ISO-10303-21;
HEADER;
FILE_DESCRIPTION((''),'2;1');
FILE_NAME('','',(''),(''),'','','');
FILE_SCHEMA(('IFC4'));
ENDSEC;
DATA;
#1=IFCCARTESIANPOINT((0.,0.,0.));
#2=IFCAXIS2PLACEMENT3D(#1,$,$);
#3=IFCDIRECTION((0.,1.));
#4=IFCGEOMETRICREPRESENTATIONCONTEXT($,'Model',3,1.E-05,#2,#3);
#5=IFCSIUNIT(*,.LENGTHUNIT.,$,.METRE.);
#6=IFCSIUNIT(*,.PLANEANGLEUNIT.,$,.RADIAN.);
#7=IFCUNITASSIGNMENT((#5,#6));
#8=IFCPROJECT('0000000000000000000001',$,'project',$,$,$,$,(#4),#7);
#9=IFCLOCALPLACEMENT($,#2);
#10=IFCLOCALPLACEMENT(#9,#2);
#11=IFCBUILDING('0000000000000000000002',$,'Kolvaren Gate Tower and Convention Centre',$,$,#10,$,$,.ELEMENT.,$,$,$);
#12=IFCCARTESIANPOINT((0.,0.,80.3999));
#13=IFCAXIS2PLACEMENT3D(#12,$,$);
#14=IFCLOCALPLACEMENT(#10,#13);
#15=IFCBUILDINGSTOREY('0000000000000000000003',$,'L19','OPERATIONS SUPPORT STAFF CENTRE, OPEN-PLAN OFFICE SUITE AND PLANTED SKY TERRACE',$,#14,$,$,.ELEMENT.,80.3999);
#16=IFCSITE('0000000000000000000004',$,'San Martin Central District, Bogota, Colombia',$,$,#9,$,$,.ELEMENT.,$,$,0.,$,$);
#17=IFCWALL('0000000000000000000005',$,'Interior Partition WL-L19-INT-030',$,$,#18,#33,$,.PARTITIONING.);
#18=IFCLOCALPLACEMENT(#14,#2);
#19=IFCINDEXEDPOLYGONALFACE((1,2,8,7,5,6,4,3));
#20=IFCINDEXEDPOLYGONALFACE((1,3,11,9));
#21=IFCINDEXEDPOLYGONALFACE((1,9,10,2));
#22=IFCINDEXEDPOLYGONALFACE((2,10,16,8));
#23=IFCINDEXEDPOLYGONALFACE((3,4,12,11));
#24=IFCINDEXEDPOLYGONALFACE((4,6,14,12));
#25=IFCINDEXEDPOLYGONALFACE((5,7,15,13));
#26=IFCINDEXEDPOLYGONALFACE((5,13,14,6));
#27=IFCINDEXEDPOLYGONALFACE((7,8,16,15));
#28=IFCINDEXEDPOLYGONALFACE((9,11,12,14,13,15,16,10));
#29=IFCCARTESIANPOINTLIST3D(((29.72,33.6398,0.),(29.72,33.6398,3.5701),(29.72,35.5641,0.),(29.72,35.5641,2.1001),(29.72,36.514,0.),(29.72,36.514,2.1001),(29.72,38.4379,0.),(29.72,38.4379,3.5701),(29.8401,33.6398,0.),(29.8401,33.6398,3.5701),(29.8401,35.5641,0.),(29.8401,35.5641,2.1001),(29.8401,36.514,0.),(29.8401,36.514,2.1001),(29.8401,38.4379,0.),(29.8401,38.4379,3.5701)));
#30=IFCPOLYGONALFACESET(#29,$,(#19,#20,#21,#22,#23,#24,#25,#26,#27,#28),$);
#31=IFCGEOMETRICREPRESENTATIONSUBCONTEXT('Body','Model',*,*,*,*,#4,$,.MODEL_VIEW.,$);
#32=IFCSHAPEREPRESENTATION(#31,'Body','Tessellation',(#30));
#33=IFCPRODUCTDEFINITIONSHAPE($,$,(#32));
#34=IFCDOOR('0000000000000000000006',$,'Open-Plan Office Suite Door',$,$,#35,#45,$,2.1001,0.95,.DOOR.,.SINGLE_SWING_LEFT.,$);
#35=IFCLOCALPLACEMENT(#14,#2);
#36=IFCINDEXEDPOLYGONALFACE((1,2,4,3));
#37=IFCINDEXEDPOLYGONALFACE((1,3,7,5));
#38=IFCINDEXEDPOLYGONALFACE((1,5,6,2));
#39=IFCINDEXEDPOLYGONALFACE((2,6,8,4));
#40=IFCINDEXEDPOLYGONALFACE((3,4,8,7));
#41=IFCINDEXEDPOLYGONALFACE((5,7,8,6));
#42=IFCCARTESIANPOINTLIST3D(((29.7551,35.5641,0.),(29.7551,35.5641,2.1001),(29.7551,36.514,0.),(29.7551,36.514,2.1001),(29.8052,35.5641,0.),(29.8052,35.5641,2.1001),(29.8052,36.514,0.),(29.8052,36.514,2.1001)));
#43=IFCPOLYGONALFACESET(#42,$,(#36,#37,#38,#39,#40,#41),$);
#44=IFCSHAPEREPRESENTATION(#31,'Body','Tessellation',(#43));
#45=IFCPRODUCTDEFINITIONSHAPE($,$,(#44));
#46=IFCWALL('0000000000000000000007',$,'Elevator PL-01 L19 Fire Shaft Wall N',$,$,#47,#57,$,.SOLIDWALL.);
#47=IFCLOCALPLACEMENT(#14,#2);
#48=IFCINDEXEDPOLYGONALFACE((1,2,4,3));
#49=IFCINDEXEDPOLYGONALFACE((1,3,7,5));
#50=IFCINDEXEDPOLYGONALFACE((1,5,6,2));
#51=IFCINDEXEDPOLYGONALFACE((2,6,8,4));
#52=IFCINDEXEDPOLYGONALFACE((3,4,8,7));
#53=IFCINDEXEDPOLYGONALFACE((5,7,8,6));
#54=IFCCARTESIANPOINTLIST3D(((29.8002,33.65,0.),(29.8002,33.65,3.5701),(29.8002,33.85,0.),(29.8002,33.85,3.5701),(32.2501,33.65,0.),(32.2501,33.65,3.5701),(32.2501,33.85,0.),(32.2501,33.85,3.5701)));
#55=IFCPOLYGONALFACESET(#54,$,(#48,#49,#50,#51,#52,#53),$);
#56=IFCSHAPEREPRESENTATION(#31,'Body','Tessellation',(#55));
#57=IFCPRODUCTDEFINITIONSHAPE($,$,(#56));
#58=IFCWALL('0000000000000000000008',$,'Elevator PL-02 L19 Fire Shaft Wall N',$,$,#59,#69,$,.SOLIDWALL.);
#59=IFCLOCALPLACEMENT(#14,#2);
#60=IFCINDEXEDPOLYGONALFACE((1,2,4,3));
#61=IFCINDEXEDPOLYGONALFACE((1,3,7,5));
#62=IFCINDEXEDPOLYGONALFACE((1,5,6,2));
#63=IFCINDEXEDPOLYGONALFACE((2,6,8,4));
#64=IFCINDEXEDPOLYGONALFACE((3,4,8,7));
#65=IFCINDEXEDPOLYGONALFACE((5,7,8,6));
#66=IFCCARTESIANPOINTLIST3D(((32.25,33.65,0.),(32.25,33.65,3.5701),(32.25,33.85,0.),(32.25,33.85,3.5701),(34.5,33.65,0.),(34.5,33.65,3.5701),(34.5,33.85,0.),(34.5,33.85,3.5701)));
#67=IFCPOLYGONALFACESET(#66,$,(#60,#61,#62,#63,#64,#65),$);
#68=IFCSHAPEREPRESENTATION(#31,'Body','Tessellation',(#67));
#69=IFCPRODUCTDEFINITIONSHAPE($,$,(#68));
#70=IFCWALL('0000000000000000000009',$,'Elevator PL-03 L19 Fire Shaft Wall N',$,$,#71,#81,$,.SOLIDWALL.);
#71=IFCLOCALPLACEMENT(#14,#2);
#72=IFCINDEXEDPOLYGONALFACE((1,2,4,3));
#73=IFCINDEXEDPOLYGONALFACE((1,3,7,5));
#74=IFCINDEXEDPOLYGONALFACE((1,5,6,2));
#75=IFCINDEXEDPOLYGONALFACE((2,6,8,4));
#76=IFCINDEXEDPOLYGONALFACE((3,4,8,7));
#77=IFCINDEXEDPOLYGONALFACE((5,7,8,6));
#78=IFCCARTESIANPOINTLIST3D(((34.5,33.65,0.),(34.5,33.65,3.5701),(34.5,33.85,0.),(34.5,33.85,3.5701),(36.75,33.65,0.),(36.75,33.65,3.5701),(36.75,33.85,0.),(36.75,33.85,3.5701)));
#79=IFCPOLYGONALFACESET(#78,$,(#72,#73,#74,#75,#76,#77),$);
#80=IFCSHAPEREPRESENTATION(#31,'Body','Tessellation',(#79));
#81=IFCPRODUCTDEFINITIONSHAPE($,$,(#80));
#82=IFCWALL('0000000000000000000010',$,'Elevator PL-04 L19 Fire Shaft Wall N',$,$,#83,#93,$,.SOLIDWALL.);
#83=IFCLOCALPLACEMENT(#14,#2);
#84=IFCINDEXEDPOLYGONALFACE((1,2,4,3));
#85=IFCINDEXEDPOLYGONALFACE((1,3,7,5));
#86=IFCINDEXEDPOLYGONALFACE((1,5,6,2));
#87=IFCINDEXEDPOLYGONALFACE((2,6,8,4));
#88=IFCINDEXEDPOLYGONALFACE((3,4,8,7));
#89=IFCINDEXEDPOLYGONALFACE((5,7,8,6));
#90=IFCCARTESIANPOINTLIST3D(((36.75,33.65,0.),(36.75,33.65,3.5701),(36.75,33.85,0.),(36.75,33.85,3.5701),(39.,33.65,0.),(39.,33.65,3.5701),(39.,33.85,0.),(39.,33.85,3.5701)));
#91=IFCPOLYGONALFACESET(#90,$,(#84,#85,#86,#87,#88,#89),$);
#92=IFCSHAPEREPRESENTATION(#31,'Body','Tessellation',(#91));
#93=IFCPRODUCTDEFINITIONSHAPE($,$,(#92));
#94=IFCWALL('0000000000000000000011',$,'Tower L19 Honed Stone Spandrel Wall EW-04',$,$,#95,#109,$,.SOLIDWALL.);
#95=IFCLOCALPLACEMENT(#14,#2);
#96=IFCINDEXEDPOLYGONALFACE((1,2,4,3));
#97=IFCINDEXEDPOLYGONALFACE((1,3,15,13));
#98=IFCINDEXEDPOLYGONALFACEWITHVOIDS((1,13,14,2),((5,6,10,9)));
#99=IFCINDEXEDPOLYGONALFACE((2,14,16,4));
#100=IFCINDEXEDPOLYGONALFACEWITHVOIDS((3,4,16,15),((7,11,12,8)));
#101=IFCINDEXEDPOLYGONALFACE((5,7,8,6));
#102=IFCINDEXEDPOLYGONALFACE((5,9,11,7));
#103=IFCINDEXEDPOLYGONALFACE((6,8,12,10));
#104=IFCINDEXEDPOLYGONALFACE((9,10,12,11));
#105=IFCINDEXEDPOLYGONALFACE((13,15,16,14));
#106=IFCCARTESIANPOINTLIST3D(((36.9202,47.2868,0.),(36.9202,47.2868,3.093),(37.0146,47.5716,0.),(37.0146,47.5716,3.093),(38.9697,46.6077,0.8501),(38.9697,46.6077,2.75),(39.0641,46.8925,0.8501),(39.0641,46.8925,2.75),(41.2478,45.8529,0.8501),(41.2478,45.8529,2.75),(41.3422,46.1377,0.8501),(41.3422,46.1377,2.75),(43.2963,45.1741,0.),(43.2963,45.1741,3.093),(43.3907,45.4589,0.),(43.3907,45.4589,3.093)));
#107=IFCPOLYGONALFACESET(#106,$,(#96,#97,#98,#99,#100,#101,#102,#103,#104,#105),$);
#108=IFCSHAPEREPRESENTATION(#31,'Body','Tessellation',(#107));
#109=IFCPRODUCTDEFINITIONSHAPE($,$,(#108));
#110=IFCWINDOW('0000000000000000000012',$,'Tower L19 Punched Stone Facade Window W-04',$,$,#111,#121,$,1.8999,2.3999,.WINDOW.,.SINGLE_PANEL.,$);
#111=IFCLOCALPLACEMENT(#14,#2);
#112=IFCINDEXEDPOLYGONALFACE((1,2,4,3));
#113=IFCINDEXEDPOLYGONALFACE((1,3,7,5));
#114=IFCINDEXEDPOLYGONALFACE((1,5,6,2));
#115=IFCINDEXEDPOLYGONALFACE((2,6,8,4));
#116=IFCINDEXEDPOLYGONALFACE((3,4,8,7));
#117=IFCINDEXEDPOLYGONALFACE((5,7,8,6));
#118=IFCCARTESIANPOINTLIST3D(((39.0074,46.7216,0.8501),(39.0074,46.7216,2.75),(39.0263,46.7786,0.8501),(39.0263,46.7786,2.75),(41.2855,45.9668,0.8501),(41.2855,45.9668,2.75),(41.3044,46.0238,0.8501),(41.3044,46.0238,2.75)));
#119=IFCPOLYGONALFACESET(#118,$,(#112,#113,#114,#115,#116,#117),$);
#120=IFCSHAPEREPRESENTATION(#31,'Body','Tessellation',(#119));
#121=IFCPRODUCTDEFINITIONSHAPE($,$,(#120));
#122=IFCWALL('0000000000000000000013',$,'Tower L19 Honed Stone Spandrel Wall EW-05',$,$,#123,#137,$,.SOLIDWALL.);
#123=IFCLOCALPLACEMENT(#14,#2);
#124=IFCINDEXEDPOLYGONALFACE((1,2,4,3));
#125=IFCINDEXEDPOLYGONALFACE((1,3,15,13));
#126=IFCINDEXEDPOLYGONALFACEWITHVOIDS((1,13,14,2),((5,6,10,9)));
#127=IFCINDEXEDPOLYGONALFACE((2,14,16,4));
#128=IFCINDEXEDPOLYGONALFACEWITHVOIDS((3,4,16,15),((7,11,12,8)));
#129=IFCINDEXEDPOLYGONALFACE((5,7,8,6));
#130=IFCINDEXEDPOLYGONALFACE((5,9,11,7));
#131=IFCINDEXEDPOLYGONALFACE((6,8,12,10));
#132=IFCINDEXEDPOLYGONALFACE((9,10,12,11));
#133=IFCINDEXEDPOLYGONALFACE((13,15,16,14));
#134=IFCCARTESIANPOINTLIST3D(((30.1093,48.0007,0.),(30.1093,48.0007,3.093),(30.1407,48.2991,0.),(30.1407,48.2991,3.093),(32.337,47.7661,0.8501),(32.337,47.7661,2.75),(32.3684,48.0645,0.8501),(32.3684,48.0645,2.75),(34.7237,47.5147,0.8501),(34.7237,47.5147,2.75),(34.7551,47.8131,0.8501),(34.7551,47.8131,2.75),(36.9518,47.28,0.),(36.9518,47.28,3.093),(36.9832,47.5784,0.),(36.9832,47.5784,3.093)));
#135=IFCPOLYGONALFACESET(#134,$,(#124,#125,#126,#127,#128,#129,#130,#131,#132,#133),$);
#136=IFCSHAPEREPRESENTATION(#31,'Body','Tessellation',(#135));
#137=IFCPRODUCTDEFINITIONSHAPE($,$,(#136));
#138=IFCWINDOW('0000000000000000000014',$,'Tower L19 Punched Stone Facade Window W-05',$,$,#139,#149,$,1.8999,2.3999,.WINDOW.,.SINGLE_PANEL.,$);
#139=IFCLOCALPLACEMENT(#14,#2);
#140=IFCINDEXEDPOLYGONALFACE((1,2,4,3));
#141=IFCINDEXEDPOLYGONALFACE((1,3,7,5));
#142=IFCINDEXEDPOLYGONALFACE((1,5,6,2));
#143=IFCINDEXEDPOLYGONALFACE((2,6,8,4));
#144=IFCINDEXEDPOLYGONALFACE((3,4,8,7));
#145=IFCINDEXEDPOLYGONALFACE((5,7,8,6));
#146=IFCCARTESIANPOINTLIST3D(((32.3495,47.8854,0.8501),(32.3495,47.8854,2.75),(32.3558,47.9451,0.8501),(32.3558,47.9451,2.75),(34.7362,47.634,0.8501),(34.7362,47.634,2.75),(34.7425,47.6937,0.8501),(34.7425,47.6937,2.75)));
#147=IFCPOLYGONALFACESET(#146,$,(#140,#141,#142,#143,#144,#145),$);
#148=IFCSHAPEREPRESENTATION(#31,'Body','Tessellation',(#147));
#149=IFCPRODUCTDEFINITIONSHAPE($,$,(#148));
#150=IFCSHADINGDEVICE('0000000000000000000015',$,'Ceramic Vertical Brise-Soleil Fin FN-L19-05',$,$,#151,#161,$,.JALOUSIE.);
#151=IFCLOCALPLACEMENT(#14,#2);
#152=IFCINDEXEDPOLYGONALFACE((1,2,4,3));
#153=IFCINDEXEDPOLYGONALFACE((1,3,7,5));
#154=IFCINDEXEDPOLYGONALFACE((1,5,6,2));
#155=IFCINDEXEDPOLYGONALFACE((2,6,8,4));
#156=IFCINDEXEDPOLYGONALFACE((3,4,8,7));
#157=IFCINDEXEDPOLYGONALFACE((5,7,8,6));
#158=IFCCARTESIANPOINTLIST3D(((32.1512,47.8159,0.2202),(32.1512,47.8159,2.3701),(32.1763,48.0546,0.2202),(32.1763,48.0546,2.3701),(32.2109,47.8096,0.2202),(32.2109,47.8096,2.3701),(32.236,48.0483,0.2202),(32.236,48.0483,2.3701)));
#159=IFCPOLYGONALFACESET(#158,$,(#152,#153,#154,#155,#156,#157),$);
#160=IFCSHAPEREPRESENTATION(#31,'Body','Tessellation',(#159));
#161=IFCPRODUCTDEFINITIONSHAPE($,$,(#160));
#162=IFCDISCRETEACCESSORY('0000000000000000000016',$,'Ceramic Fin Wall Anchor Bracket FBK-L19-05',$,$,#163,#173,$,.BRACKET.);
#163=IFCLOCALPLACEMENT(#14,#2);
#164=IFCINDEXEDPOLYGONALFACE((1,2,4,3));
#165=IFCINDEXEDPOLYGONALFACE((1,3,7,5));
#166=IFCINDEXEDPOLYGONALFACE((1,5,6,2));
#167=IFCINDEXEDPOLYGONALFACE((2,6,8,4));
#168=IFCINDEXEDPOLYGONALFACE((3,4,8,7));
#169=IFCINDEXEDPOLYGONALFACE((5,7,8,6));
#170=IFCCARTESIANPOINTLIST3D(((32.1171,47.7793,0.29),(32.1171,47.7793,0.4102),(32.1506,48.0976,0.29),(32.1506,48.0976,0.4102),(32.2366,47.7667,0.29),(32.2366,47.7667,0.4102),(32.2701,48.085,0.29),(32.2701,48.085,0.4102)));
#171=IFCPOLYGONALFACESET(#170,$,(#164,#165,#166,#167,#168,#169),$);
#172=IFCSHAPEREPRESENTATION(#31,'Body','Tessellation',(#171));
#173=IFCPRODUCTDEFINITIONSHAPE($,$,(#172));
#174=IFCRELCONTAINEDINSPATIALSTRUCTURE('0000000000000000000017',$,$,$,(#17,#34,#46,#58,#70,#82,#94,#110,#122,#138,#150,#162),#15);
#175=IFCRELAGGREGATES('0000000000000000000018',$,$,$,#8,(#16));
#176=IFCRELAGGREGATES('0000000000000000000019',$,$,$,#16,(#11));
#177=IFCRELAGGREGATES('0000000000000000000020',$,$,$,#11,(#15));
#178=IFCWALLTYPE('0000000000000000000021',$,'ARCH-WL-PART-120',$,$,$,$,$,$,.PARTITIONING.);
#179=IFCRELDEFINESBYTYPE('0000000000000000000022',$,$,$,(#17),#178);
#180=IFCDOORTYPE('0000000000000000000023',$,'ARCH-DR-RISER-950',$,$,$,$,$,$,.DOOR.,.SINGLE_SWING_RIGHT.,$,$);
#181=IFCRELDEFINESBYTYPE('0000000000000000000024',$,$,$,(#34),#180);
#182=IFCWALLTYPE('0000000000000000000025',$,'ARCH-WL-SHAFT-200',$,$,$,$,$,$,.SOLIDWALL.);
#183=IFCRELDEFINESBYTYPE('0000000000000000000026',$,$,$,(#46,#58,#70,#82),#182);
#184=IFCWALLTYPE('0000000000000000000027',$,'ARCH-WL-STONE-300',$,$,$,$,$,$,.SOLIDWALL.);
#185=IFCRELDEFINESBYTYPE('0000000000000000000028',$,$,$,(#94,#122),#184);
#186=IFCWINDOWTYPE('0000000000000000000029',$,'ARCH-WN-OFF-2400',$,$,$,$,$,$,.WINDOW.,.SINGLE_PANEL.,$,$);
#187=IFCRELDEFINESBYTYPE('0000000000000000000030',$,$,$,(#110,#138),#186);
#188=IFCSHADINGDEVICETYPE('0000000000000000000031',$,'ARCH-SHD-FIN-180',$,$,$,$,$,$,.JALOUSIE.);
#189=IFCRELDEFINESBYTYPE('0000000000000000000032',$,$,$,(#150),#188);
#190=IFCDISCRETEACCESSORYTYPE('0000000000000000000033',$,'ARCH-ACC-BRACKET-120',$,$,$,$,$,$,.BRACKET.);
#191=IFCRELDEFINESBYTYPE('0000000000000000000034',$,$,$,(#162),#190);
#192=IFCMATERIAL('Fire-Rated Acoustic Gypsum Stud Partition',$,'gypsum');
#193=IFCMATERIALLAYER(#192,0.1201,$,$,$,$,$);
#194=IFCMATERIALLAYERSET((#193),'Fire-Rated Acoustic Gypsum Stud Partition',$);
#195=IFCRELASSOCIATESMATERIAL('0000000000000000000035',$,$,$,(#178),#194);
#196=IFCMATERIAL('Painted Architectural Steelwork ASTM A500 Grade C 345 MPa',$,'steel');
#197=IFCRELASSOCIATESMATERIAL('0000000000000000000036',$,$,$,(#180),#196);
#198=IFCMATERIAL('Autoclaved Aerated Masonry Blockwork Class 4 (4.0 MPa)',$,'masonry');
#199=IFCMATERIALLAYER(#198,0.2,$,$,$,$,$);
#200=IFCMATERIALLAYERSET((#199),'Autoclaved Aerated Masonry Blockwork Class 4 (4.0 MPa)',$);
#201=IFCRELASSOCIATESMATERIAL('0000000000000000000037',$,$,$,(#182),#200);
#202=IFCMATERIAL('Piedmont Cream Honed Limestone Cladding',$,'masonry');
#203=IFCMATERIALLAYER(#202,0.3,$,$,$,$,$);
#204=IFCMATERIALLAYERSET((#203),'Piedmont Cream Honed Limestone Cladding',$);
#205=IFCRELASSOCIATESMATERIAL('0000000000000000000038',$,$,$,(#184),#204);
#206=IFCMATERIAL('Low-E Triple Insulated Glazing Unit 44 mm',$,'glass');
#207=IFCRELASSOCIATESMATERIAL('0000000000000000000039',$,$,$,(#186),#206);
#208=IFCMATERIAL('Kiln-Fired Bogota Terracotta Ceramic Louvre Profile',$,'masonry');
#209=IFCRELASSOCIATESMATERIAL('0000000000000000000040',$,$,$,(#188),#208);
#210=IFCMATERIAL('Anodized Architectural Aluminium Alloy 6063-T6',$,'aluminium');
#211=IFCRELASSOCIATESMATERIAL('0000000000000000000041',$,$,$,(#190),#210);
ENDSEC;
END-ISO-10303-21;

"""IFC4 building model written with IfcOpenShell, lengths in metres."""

from ifc_helpers import new_model, si_unit, direction, frame, frame_2d, origin, origin_2d, place, context, subcontext, project, spatial, rectangle, extrude, material, layer, layer_set, type_object, element, fill, save


model = new_model("IFC4")

# Units and contexts
model_context = context("Model", 3, precision=1e-05, world=origin(), true_north=direction((0.0, 1.0)))
body_context = subcontext(model_context, "Body", "Model", "MODEL_VIEW")
ifc_project = project(units=[si_unit("LENGTHUNIT", "METRE"), si_unit("PLANEANGLEUNIT", "RADIAN")], contexts=[model_context])

# Site, building, storey
site_placement = place(None, origin())
site = spatial("IfcSite", under=ifc_project, at=site_placement, Name="San Martin Central District, Bogota, Colombia", CompositionType="ELEMENT", RefElevation=0.0)
building_placement = place(site_placement, origin())
building = spatial("IfcBuilding", under=site, at=building_placement, Name="Kolvaren Gate Tower and Convention Centre", CompositionType="ELEMENT")
storey_placement = place(building_placement, frame((0.0, 0.0, 80.3999)))
storey = spatial("IfcBuildingStorey", under=building, at=storey_placement, Name="L19", Description="OPERATIONS SUPPORT STAFF CENTRE, OPEN-PLAN OFFICE SUITE AND PLANTED SKY TERRACE", CompositionType="ELEMENT", Elevation=80.3999)

# Wall, opening, door
ifc_material_1 = material(Name="Fire-Rated Acoustic Gypsum Stud Partition", Category="gypsum")
ifc_layer_1 = layer(ifc_material_1, 0.1201)
ifc_layer_set_1 = layer_set([ifc_layer_1], Name="Fire-Rated Acoustic Gypsum Stud Partition")
wall_type_1 = type_object("IfcWallType", Name="ARCH-WL-PART-120", PredefinedType="PARTITIONING", material=ifc_layer_set_1)
wall_1_placement = place(storey_placement, frame((29.78, 33.6399, 0.0), z_axis=(0.0, 0.0, 1.0), x_axis=(0.0, 1.0, 0.0)))
wall_1 = element("IfcWall", 1, at=wall_1_placement, inside=storey, type_object=wall_type_1, Name="Interior Partition WL-L19-INT-030", PredefinedType="PARTITIONING", context=body_context, shape_type="SweptSolid", body=[
    extrude(rectangle(XDim=4.7981, YDim=0.1201, at=frame_2d((2.3989, 0.0))), origin(), (0.0, 0.0, 1.0), 3.5701),
])
opening_1_placement = place(wall_1_placement, frame((1.9241, 0.0, 0.0)))
opening_1 = element("IfcOpeningElement", 2, at=opening_1_placement, cuts=wall_1, PredefinedType="OPENING", context=body_context, shape_type="SweptSolid", body=[
    extrude(rectangle(XDim=0.95, YDim=2.1001, at=frame_2d((0.4751, 1.05))), frame((0.0, 0.0701, 0.0), z_axis=(0.0, -1.0, 0.0), x_axis=(1.0, 0.0, 0.0)), (0.0, 0.0, 1.0), 0.1401),
])
ifc_material_2 = material(Name="Painted Architectural Steelwork ASTM A500 Grade C 345 MPa", Category="steel")
door_type = type_object("IfcDoorType", Name="ARCH-DR-RISER-950", OperationType="SINGLE_SWING_RIGHT", PredefinedType="DOOR", material=ifc_material_2)
door_placement = place(opening_1_placement, origin())
door = element("IfcDoor", 3, at=door_placement, inside=storey, type_object=door_type, Name="Open-Plan Office Suite Door", OperationType="SINGLE_SWING_LEFT", OverallHeight=2.1001, OverallWidth=0.95, PredefinedType="DOOR", context=body_context, shape_type="SweptSolid", body=[
    extrude(rectangle(XDim=0.95, YDim=2.1001, at=frame_2d((0.4751, 1.05))), frame((0.0, 0.0249, 0.0), z_axis=(0.0, -1.0, 0.0), x_axis=(1.0, 0.0, 0.0)), (0.0, 0.0, 1.0), 0.05),
])
fill(opening_1, door)

# Walls
ifc_material_3 = material(Name="Autoclaved Aerated Masonry Blockwork Class 4 (4.0 MPa)", Category="masonry")
ifc_layer_2 = layer(ifc_material_3, 0.2)
ifc_layer_set_2 = layer_set([ifc_layer_2], Name="Autoclaved Aerated Masonry Blockwork Class 4 (4.0 MPa)")
wall_type_2 = type_object("IfcWallType", Name="ARCH-WL-SHAFT-200", PredefinedType="SOLIDWALL", material=ifc_layer_set_2)
wall_2_placement = place(storey_placement, frame((29.8, 33.75, 0.0), z_axis=(0.0, 0.0, 1.0), x_axis=(1.0, 0.0, 0.0)))
element("IfcWall", 4, at=wall_2_placement, inside=storey, type_object=wall_type_2, Name="Elevator PL-01 L19 Fire Shaft Wall N", PredefinedType="SOLIDWALL", context=body_context, shape_type="SweptSolid", body=[
    extrude(rectangle(XDim=2.45, YDim=0.2, at=frame_2d((1.2251, 0.0))), origin(), (0.0, 0.0, 1.0), 3.5701),
])
for number, where, z_axis, x_axis, name in (
    (5, (32.25, 33.75, 0.0), (0.0, 0.0, 1.0), (1.0, 0.0, 0.0), "Elevator PL-02 L19 Fire Shaft Wall N"),
    (6, (34.5, 33.75, 0.0), (0.0, 0.0, 1.0), (1.0, 0.0, 0.0), "Elevator PL-03 L19 Fire Shaft Wall N"),
    (7, (36.75, 33.75, 0.0), (0.0, 0.0, 1.0), (1.0, 0.0, 0.0), "Elevator PL-04 L19 Fire Shaft Wall N"),
):
    element("IfcWall", number, at=place(storey_placement, frame(where, z_axis=z_axis, x_axis=x_axis)), inside=storey, type_object=wall_type_2, Name=name, PredefinedType="SOLIDWALL", context=body_context, shape_type="SweptSolid", body=[
        extrude(rectangle(XDim=2.25, YDim=0.2, at=frame_2d((1.125, 0.0))), origin(), (0.0, 0.0, 1.0), 3.5701),
    ])

# Walls, openings, windows
ifc_material_4 = material(Name="Piedmont Cream Honed Limestone Cladding", Category="masonry")
ifc_layer_3 = layer(ifc_material_4, 0.3)
ifc_layer_set_3 = layer_set([ifc_layer_3], Name="Piedmont Cream Honed Limestone Cladding")
wall_type_3 = type_object("IfcWallType", Name="ARCH-WL-STONE-300", PredefinedType="SOLIDWALL", material=ifc_layer_set_3)
wall_3_placement = place(storey_placement, frame((36.9675, 47.4292, 0.0), z_axis=(0.0, 0.0, 1.0), x_axis=(0.949245, -0.314537, 0.0)))
wall_3 = element("IfcWall", 8, at=wall_3_placement, inside=storey, type_object=wall_type_3, Name="Tower L19 Honed Stone Spandrel Wall EW-04", PredefinedType="SOLIDWALL", context=body_context, shape_type="SweptSolid", body=[
    extrude(rectangle(XDim=6.717, YDim=0.3, at=frame_2d((3.3584, 0.0))), origin(), (0.0, 0.0, 1.0), 3.093),
])
opening_2_placement = place(wall_3_placement, frame((2.1589, 0.0, 0.8501)))
opening_2 = element("IfcOpeningElement", 9, at=opening_2_placement, cuts=wall_3, PredefinedType="OPENING", context=body_context, shape_type="SweptSolid", body=[
    extrude(rectangle(XDim=2.3999, YDim=1.8999, at=frame_2d((1.2, 0.95))), frame((0.0, 0.1599, 0.0), z_axis=(0.0, -1.0, 0.0), x_axis=(1.0, 0.0, 0.0)), (0.0, 0.0, 1.0), 0.3201),
])
ifc_material_5 = material(Name="Low-E Triple Insulated Glazing Unit 44 mm", Category="glass")
window_type = type_object("IfcWindowType", Name="ARCH-WN-OFF-2400", PartitioningType="SINGLE_PANEL", PredefinedType="WINDOW", material=ifc_material_5)
window_1_placement = place(opening_2_placement, origin())
window_1 = element("IfcWindow", 10, at=window_1_placement, inside=storey, type_object=window_type, Name="Tower L19 Punched Stone Facade Window W-04", OverallHeight=1.8999, OverallWidth=2.3999, PartitioningType="SINGLE_PANEL", PredefinedType="WINDOW", context=body_context, shape_type="SweptSolid", body=[
    extrude(rectangle(XDim=2.3999, YDim=1.8999, at=frame_2d((1.2, 0.95))), frame((0.0, 0.03, 0.0), z_axis=(0.0, -1.0, 0.0), x_axis=(1.0, 0.0, 0.0)), (0.0, 0.0, 1.0), 0.0601),
])
fill(opening_2, window_1)
wall_4_placement = place(storey_placement, frame((30.125, 48.1499, 0.0), z_axis=(0.0, 0.0, 1.0), x_axis=(0.994499, -0.104748, 0.0)))
wall_4 = element("IfcWall", 11, at=wall_4_placement, inside=storey, type_object=wall_type_3, Name="Tower L19 Honed Stone Spandrel Wall EW-05", PredefinedType="SOLIDWALL", context=body_context, shape_type="SweptSolid", body=[
    extrude(rectangle(XDim=6.8804, YDim=0.3, at=frame_2d((3.4402, 0.0))), origin(), (0.0, 0.0, 1.0), 3.093),
])
opening_3_placement = place(wall_4_placement, frame((2.24, 0.0, 0.8501)))
opening_3 = element("IfcOpeningElement", 12, at=opening_3_placement, cuts=wall_4, PredefinedType="OPENING", context=body_context, shape_type="SweptSolid", body=[
    extrude(rectangle(XDim=2.3999, YDim=1.8999, at=frame_2d((1.2, 0.95))), frame((0.0, 0.1599, 0.0), z_axis=(0.0, -1.0, 0.0), x_axis=(1.0, 0.0, 0.0)), (0.0, 0.0, 1.0), 0.3201),
])
window_2_placement = place(opening_3_placement, origin())
window_2 = element("IfcWindow", 13, at=window_2_placement, inside=storey, type_object=window_type, Name="Tower L19 Punched Stone Facade Window W-05", OverallHeight=1.8999, OverallWidth=2.3999, PartitioningType="SINGLE_PANEL", PredefinedType="WINDOW", context=body_context, shape_type="SweptSolid", body=[
    extrude(rectangle(XDim=2.3999, YDim=1.8999, at=frame_2d((1.2, 0.95))), frame((0.0, 0.03, 0.0), z_axis=(0.0, -1.0, 0.0), x_axis=(1.0, 0.0, 0.0)), (0.0, 0.0, 1.0), 0.0601),
])
fill(opening_3, window_2)

# Shading device
ifc_material_6 = material(Name="Kiln-Fired Bogota Terracotta Ceramic Louvre Profile", Category="masonry")
shading_device_type = type_object("IfcShadingDeviceType", Name="ARCH-SHD-FIN-180", PredefinedType="JALOUSIE", material=ifc_material_6)
shading_device_placement = place(storey_placement, frame((32.1936, 47.9321, 0.2202), z_axis=(0.0, 0.0, 1.0), x_axis=(0.994499, -0.104747, 0.0)))
element("IfcShadingDevice", 14, at=shading_device_placement, inside=storey, type_object=shading_device_type, Name="Ceramic Vertical Brise-Soleil Fin FN-L19-05", PredefinedType="JALOUSIE", context=body_context, shape_type="SweptSolid", body=[
    extrude(rectangle(XDim=0.0601, YDim=0.24, at=origin_2d()), origin(), (0.0, 0.0, 1.0), 2.1499),
])

# Discrete accessory
ifc_material_7 = material(Name="Anodized Architectural Aluminium Alloy 6063-T6", Category="aluminium")
discrete_accessory_type = type_object("IfcDiscreteAccessoryType", Name="ARCH-ACC-BRACKET-120", PredefinedType="BRACKET", material=ifc_material_7)
discrete_accessory_placement = place(storey_placement, frame((32.1936, 47.9321, 0.29), z_axis=(0.0, 0.0, 1.0), x_axis=(0.994499, -0.104747, 0.0)))
element("IfcDiscreteAccessory", 15, at=discrete_accessory_placement, inside=storey, type_object=discrete_accessory_type, Name="Ceramic Fin Wall Anchor Bracket FBK-L19-05", PredefinedType="BRACKET", context=body_context, shape_type="SweptSolid", body=[
    extrude(rectangle(XDim=0.1201, YDim=0.3201, at=origin_2d()), origin(), (0.0, 0.0, 1.0), 0.1201),
])

save(model, "model.ifc")
